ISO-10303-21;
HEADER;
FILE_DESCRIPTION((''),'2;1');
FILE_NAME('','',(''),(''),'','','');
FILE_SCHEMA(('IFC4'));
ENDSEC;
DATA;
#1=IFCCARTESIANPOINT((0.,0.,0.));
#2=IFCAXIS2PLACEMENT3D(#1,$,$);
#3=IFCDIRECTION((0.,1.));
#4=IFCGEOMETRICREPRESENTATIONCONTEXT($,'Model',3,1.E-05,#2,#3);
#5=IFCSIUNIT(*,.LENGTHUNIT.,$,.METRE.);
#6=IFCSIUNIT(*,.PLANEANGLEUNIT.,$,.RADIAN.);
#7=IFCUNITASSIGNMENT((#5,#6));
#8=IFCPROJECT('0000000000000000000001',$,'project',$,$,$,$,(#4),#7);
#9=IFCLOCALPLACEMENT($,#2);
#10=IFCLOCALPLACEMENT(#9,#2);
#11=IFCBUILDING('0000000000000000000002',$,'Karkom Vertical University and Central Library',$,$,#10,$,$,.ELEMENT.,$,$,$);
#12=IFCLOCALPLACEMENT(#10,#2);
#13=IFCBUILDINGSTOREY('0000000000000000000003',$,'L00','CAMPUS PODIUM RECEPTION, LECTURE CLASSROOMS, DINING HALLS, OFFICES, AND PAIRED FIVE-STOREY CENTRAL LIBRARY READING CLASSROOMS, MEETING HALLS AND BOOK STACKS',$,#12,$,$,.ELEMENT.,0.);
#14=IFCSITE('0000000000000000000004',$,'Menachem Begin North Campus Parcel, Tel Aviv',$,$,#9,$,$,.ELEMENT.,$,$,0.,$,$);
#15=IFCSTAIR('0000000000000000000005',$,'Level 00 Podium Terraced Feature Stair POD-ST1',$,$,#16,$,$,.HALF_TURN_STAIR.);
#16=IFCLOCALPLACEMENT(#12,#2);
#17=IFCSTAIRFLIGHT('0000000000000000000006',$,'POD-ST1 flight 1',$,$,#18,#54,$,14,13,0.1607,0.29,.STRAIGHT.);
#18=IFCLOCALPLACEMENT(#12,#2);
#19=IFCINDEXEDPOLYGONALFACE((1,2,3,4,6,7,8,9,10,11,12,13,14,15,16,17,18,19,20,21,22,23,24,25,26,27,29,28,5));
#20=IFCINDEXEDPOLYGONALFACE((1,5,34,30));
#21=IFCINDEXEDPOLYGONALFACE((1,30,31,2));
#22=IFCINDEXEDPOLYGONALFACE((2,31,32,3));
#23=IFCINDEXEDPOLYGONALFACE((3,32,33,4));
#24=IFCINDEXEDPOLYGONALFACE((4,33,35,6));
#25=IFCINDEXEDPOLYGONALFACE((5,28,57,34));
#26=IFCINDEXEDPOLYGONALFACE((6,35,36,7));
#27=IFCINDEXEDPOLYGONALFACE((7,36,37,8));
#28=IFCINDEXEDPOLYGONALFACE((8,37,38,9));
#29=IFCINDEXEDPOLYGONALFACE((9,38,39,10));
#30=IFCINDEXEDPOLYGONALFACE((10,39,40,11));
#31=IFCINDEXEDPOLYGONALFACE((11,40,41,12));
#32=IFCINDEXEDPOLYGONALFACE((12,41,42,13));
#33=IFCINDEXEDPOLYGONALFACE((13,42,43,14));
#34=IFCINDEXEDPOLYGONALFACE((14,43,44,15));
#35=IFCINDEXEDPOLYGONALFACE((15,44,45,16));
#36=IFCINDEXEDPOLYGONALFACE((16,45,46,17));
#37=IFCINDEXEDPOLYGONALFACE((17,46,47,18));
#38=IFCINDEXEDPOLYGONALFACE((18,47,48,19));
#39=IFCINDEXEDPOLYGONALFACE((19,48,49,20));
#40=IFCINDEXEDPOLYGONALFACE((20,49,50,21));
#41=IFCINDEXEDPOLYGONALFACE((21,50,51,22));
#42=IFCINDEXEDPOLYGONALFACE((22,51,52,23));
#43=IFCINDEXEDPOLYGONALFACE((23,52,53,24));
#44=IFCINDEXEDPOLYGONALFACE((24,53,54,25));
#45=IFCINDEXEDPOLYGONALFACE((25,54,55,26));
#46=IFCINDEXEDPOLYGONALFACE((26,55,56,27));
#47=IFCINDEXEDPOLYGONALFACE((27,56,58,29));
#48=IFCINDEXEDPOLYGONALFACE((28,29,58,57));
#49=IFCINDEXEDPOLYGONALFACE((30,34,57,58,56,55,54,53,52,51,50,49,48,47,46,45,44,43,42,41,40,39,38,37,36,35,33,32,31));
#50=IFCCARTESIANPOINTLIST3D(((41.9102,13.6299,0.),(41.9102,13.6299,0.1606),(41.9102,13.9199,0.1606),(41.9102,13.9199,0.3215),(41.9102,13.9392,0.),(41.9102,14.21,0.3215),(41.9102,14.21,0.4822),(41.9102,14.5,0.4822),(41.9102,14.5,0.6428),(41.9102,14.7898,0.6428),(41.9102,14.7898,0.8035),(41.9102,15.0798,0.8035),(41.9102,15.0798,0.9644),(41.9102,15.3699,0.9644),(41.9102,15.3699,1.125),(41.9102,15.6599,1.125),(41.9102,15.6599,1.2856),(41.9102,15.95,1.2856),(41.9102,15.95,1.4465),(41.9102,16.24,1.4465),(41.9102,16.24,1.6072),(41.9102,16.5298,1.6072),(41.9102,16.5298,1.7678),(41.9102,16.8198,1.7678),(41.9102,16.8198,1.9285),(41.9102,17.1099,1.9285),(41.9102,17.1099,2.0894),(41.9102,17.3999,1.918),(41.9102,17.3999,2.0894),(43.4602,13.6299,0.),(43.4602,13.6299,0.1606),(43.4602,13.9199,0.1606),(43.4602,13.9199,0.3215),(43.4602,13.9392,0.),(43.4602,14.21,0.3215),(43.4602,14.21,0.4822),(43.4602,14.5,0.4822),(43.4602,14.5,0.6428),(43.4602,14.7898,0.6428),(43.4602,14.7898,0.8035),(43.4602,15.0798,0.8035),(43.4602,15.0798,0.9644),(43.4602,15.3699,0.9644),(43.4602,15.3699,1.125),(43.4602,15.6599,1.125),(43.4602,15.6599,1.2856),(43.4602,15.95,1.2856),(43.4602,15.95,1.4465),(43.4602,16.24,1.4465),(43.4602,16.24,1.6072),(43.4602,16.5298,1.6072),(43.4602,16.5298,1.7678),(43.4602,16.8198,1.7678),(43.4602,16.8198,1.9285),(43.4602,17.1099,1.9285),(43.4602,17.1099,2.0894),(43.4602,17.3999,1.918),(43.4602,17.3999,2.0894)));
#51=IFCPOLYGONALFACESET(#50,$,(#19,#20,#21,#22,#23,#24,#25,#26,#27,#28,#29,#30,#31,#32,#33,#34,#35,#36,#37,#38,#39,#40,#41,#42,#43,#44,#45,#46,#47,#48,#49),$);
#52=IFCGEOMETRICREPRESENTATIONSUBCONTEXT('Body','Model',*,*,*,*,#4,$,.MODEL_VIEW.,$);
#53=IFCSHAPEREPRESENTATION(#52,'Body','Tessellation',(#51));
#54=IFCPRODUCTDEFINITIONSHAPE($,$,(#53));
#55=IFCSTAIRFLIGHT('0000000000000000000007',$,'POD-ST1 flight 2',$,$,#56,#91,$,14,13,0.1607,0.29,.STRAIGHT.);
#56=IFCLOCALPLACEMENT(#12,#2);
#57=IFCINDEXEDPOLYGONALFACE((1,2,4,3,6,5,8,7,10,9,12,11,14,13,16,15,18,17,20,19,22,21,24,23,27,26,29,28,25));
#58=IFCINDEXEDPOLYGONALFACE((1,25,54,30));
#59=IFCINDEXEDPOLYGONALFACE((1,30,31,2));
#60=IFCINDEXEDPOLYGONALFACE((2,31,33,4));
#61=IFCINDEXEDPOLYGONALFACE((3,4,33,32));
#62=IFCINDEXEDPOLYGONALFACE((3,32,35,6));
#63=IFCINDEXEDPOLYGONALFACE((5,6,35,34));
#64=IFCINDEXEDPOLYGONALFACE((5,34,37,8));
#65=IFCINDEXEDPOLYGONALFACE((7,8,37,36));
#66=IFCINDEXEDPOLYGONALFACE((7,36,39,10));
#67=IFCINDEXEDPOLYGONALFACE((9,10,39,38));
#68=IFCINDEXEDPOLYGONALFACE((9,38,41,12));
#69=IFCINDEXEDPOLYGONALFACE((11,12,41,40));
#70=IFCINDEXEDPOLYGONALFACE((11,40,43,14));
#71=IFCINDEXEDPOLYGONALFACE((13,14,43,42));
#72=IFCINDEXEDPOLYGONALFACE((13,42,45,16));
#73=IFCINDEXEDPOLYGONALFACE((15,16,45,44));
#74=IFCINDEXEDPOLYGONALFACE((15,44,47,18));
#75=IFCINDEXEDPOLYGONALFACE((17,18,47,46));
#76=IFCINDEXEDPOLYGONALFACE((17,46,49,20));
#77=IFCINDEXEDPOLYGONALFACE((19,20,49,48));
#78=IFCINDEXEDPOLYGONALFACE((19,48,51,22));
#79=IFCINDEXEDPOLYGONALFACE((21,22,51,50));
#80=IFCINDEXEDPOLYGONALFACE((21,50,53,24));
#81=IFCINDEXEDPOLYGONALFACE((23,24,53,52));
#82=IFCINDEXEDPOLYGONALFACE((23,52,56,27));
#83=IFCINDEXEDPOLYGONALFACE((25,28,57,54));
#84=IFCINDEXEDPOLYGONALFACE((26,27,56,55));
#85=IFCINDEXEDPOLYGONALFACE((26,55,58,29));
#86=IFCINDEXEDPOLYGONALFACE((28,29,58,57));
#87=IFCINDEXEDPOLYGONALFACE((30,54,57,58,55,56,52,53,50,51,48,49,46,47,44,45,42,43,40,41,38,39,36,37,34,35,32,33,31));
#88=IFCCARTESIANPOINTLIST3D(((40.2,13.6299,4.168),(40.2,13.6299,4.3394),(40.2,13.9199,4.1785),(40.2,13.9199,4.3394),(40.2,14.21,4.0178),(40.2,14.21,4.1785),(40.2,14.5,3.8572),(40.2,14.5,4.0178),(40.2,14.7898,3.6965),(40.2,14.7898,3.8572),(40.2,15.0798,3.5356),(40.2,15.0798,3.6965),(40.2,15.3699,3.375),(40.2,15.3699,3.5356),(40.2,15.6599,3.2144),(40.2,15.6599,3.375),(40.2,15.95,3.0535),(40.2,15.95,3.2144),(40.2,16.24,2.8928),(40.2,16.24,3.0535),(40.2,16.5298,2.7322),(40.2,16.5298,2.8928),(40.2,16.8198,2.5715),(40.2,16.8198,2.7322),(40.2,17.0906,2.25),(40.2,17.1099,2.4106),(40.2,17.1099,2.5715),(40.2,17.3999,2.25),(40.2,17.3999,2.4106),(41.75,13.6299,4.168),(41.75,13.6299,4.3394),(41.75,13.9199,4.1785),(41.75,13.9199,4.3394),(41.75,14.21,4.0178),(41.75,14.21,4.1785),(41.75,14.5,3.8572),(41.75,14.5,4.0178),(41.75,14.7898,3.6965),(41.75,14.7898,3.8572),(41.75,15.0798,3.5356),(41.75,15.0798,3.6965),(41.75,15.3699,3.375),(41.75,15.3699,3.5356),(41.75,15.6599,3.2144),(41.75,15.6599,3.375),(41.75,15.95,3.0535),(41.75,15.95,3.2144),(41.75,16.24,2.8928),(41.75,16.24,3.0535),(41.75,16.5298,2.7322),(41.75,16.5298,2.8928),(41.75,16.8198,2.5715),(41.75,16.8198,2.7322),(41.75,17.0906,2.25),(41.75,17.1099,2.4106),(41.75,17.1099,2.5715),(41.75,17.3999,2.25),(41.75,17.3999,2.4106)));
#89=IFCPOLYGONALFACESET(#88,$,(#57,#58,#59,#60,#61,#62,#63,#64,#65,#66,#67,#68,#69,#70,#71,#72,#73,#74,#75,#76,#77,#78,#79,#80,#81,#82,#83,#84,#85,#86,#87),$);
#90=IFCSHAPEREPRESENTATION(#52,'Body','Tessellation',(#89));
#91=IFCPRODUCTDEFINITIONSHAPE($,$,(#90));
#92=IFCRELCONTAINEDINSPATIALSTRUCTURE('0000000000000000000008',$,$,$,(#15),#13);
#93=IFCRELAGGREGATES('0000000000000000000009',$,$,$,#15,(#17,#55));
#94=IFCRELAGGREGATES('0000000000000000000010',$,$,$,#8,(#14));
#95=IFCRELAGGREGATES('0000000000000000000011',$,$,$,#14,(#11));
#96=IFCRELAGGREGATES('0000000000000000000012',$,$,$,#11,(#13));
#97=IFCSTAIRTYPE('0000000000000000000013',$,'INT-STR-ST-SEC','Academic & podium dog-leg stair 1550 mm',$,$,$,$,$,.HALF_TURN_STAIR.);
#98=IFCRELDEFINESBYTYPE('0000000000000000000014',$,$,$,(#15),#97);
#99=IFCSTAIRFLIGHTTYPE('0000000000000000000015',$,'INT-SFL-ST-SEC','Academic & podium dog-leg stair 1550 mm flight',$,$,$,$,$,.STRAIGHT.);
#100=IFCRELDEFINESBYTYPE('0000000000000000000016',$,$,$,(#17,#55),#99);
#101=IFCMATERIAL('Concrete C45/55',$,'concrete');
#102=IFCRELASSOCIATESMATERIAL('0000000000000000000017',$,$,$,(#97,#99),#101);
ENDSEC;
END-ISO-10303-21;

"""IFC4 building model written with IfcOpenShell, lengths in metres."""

from ifc_helpers import new_model, si_unit, direction, frame, origin, place, context, subcontext, project, spatial, polyline, outline, extrude, material, type_object, element, aggregate, save


model = new_model("IFC4")

# Units and contexts
model_context = context("Model", 3, precision=1e-05, world=origin(), true_north=direction((0.0, 1.0)))
body_context = subcontext(model_context, "Body", "Model", "MODEL_VIEW")
ifc_project = project(units=[si_unit("LENGTHUNIT", "METRE"), si_unit("PLANEANGLEUNIT", "RADIAN")], contexts=[model_context])

# Site, building, storey
site_placement = place(None, origin())
site = spatial("IfcSite", under=ifc_project, at=site_placement, Name="Menachem Begin North Campus Parcel, Tel Aviv", CompositionType="ELEMENT", RefElevation=0.0)
building_placement = place(site_placement, origin())
building = spatial("IfcBuilding", under=site, at=building_placement, Name="Karkom Vertical University and Central Library", CompositionType="ELEMENT")
storey_placement = place(building_placement, origin())
storey = spatial("IfcBuildingStorey", under=building, at=storey_placement, Name="L00", Description="CAMPUS PODIUM RECEPTION, LECTURE CLASSROOMS, DINING HALLS, OFFICES, AND PAIRED FIVE-STOREY CENTRAL LIBRARY READING CLASSROOMS, MEETING HALLS AND BOOK STACKS", CompositionType="ELEMENT", Elevation=0.0)

# Shared definitions
ifc_material_1 = material(Name="Concrete C45/55", Category="concrete")

# Stair, stair flights
stair_type = type_object("IfcStairType", Name="INT-STR-ST-SEC", Description="Academic & podium dog-leg stair 1550 mm", PredefinedType="HALF_TURN_STAIR", material=ifc_material_1)
stair_placement = place(storey_placement, origin())
stair = element("IfcStair", 1, at=stair_placement, inside=storey, type_object=stair_type, Name="Level 00 Podium Terraced Feature Stair POD-ST1", PredefinedType="HALF_TURN_STAIR")
stair_flight_type = type_object("IfcStairFlightType", Name="INT-SFL-ST-SEC", Description="Academic & podium dog-leg stair 1550 mm flight", PredefinedType="STRAIGHT", material=ifc_material_1)
stair_flight_1_placement = place(storey_placement, frame((42.6851, 13.6299, 0.0), z_axis=(0.0, 0.0, 1.0), x_axis=(0.0, 1.0, 0.0)))
stair_flight_1 = element("IfcStairFlight", 2, at=stair_flight_1_placement, type_object=stair_flight_type, Name="POD-ST1 flight 1", NumberOfRisers=14, NumberOfTreads=13, PredefinedType="STRAIGHT", RiserHeight=0.1607, TreadLength=0.29, context=body_context, shape_type="SweptSolid", body=[
    extrude(outline(polyline([(0.0, 0.0), (0.0, 0.1606), (0.29, 0.1606), (0.29, 0.3215), (0.5801, 0.3215), (0.5801, 0.4822), (0.8701, 0.4822), (0.8701, 0.6428), (1.1599, 0.6428), (1.1599, 0.8035), (1.45, 0.8035), (1.45, 0.9644), (1.74, 0.9644), (1.74, 1.125), (2.03, 1.125), (2.03, 1.2856), (2.3201, 1.2856), (2.3201, 1.4465), (2.6101, 1.4465), (2.6101, 1.6072), (2.8999, 1.6072), (2.8999, 1.7678), (3.1899, 1.7678), (3.1899, 1.9285), (3.48, 1.9285), (3.48, 2.0894), (3.77, 2.0894), (3.77, 2.25), (3.77, 1.918), (0.3093, 0.0), (0.0, 0.0)])), frame((0.0, 0.7749, 0.0), z_axis=(0.0, -1.0, 0.0), x_axis=(1.0, 0.0, 0.0)), (0.0, 0.0, 1.0), 1.55),
])
stair_flight_2_placement = place(storey_placement, frame((40.9751, 17.3999, 2.25), z_axis=(0.0, 0.0, 1.0), x_axis=(0.0, -1.0, 0.0)))
stair_flight_2 = element("IfcStairFlight", 3, at=stair_flight_2_placement, type_object=stair_flight_type, Name="POD-ST1 flight 2", NumberOfRisers=14, NumberOfTreads=13, PredefinedType="STRAIGHT", RiserHeight=0.1607, TreadLength=0.29, context=body_context, shape_type="SweptSolid", body=[
    extrude(outline(polyline([(0.0, 0.0), (0.0, 0.1606), (0.29, 0.1606), (0.29, 0.3215), (0.5801, 0.3215), (0.5801, 0.4822), (0.8701, 0.4822), (0.8701, 0.6428), (1.1599, 0.6428), (1.1599, 0.8035), (1.45, 0.8035), (1.45, 0.9644), (1.74, 0.9644), (1.74, 1.125), (2.03, 1.125), (2.03, 1.2856), (2.3201, 1.2856), (2.3201, 1.4465), (2.6101, 1.4465), (2.6101, 1.6072), (2.8999, 1.6072), (2.8999, 1.7678), (3.1899, 1.7678), (3.1899, 1.9285), (3.48, 1.9285), (3.48, 2.0894), (3.77, 2.0894), (3.77, 2.25), (3.77, 1.918), (0.3093, 0.0), (0.0, 0.0)])), frame((0.0, 0.7749, 0.0), z_axis=(0.0, -1.0, 0.0), x_axis=(1.0, 0.0, 0.0)), (0.0, 0.0, 1.0), 1.55),
])
aggregate(stair, [stair_flight_1, stair_flight_2])

save(model, "model.ifc")
